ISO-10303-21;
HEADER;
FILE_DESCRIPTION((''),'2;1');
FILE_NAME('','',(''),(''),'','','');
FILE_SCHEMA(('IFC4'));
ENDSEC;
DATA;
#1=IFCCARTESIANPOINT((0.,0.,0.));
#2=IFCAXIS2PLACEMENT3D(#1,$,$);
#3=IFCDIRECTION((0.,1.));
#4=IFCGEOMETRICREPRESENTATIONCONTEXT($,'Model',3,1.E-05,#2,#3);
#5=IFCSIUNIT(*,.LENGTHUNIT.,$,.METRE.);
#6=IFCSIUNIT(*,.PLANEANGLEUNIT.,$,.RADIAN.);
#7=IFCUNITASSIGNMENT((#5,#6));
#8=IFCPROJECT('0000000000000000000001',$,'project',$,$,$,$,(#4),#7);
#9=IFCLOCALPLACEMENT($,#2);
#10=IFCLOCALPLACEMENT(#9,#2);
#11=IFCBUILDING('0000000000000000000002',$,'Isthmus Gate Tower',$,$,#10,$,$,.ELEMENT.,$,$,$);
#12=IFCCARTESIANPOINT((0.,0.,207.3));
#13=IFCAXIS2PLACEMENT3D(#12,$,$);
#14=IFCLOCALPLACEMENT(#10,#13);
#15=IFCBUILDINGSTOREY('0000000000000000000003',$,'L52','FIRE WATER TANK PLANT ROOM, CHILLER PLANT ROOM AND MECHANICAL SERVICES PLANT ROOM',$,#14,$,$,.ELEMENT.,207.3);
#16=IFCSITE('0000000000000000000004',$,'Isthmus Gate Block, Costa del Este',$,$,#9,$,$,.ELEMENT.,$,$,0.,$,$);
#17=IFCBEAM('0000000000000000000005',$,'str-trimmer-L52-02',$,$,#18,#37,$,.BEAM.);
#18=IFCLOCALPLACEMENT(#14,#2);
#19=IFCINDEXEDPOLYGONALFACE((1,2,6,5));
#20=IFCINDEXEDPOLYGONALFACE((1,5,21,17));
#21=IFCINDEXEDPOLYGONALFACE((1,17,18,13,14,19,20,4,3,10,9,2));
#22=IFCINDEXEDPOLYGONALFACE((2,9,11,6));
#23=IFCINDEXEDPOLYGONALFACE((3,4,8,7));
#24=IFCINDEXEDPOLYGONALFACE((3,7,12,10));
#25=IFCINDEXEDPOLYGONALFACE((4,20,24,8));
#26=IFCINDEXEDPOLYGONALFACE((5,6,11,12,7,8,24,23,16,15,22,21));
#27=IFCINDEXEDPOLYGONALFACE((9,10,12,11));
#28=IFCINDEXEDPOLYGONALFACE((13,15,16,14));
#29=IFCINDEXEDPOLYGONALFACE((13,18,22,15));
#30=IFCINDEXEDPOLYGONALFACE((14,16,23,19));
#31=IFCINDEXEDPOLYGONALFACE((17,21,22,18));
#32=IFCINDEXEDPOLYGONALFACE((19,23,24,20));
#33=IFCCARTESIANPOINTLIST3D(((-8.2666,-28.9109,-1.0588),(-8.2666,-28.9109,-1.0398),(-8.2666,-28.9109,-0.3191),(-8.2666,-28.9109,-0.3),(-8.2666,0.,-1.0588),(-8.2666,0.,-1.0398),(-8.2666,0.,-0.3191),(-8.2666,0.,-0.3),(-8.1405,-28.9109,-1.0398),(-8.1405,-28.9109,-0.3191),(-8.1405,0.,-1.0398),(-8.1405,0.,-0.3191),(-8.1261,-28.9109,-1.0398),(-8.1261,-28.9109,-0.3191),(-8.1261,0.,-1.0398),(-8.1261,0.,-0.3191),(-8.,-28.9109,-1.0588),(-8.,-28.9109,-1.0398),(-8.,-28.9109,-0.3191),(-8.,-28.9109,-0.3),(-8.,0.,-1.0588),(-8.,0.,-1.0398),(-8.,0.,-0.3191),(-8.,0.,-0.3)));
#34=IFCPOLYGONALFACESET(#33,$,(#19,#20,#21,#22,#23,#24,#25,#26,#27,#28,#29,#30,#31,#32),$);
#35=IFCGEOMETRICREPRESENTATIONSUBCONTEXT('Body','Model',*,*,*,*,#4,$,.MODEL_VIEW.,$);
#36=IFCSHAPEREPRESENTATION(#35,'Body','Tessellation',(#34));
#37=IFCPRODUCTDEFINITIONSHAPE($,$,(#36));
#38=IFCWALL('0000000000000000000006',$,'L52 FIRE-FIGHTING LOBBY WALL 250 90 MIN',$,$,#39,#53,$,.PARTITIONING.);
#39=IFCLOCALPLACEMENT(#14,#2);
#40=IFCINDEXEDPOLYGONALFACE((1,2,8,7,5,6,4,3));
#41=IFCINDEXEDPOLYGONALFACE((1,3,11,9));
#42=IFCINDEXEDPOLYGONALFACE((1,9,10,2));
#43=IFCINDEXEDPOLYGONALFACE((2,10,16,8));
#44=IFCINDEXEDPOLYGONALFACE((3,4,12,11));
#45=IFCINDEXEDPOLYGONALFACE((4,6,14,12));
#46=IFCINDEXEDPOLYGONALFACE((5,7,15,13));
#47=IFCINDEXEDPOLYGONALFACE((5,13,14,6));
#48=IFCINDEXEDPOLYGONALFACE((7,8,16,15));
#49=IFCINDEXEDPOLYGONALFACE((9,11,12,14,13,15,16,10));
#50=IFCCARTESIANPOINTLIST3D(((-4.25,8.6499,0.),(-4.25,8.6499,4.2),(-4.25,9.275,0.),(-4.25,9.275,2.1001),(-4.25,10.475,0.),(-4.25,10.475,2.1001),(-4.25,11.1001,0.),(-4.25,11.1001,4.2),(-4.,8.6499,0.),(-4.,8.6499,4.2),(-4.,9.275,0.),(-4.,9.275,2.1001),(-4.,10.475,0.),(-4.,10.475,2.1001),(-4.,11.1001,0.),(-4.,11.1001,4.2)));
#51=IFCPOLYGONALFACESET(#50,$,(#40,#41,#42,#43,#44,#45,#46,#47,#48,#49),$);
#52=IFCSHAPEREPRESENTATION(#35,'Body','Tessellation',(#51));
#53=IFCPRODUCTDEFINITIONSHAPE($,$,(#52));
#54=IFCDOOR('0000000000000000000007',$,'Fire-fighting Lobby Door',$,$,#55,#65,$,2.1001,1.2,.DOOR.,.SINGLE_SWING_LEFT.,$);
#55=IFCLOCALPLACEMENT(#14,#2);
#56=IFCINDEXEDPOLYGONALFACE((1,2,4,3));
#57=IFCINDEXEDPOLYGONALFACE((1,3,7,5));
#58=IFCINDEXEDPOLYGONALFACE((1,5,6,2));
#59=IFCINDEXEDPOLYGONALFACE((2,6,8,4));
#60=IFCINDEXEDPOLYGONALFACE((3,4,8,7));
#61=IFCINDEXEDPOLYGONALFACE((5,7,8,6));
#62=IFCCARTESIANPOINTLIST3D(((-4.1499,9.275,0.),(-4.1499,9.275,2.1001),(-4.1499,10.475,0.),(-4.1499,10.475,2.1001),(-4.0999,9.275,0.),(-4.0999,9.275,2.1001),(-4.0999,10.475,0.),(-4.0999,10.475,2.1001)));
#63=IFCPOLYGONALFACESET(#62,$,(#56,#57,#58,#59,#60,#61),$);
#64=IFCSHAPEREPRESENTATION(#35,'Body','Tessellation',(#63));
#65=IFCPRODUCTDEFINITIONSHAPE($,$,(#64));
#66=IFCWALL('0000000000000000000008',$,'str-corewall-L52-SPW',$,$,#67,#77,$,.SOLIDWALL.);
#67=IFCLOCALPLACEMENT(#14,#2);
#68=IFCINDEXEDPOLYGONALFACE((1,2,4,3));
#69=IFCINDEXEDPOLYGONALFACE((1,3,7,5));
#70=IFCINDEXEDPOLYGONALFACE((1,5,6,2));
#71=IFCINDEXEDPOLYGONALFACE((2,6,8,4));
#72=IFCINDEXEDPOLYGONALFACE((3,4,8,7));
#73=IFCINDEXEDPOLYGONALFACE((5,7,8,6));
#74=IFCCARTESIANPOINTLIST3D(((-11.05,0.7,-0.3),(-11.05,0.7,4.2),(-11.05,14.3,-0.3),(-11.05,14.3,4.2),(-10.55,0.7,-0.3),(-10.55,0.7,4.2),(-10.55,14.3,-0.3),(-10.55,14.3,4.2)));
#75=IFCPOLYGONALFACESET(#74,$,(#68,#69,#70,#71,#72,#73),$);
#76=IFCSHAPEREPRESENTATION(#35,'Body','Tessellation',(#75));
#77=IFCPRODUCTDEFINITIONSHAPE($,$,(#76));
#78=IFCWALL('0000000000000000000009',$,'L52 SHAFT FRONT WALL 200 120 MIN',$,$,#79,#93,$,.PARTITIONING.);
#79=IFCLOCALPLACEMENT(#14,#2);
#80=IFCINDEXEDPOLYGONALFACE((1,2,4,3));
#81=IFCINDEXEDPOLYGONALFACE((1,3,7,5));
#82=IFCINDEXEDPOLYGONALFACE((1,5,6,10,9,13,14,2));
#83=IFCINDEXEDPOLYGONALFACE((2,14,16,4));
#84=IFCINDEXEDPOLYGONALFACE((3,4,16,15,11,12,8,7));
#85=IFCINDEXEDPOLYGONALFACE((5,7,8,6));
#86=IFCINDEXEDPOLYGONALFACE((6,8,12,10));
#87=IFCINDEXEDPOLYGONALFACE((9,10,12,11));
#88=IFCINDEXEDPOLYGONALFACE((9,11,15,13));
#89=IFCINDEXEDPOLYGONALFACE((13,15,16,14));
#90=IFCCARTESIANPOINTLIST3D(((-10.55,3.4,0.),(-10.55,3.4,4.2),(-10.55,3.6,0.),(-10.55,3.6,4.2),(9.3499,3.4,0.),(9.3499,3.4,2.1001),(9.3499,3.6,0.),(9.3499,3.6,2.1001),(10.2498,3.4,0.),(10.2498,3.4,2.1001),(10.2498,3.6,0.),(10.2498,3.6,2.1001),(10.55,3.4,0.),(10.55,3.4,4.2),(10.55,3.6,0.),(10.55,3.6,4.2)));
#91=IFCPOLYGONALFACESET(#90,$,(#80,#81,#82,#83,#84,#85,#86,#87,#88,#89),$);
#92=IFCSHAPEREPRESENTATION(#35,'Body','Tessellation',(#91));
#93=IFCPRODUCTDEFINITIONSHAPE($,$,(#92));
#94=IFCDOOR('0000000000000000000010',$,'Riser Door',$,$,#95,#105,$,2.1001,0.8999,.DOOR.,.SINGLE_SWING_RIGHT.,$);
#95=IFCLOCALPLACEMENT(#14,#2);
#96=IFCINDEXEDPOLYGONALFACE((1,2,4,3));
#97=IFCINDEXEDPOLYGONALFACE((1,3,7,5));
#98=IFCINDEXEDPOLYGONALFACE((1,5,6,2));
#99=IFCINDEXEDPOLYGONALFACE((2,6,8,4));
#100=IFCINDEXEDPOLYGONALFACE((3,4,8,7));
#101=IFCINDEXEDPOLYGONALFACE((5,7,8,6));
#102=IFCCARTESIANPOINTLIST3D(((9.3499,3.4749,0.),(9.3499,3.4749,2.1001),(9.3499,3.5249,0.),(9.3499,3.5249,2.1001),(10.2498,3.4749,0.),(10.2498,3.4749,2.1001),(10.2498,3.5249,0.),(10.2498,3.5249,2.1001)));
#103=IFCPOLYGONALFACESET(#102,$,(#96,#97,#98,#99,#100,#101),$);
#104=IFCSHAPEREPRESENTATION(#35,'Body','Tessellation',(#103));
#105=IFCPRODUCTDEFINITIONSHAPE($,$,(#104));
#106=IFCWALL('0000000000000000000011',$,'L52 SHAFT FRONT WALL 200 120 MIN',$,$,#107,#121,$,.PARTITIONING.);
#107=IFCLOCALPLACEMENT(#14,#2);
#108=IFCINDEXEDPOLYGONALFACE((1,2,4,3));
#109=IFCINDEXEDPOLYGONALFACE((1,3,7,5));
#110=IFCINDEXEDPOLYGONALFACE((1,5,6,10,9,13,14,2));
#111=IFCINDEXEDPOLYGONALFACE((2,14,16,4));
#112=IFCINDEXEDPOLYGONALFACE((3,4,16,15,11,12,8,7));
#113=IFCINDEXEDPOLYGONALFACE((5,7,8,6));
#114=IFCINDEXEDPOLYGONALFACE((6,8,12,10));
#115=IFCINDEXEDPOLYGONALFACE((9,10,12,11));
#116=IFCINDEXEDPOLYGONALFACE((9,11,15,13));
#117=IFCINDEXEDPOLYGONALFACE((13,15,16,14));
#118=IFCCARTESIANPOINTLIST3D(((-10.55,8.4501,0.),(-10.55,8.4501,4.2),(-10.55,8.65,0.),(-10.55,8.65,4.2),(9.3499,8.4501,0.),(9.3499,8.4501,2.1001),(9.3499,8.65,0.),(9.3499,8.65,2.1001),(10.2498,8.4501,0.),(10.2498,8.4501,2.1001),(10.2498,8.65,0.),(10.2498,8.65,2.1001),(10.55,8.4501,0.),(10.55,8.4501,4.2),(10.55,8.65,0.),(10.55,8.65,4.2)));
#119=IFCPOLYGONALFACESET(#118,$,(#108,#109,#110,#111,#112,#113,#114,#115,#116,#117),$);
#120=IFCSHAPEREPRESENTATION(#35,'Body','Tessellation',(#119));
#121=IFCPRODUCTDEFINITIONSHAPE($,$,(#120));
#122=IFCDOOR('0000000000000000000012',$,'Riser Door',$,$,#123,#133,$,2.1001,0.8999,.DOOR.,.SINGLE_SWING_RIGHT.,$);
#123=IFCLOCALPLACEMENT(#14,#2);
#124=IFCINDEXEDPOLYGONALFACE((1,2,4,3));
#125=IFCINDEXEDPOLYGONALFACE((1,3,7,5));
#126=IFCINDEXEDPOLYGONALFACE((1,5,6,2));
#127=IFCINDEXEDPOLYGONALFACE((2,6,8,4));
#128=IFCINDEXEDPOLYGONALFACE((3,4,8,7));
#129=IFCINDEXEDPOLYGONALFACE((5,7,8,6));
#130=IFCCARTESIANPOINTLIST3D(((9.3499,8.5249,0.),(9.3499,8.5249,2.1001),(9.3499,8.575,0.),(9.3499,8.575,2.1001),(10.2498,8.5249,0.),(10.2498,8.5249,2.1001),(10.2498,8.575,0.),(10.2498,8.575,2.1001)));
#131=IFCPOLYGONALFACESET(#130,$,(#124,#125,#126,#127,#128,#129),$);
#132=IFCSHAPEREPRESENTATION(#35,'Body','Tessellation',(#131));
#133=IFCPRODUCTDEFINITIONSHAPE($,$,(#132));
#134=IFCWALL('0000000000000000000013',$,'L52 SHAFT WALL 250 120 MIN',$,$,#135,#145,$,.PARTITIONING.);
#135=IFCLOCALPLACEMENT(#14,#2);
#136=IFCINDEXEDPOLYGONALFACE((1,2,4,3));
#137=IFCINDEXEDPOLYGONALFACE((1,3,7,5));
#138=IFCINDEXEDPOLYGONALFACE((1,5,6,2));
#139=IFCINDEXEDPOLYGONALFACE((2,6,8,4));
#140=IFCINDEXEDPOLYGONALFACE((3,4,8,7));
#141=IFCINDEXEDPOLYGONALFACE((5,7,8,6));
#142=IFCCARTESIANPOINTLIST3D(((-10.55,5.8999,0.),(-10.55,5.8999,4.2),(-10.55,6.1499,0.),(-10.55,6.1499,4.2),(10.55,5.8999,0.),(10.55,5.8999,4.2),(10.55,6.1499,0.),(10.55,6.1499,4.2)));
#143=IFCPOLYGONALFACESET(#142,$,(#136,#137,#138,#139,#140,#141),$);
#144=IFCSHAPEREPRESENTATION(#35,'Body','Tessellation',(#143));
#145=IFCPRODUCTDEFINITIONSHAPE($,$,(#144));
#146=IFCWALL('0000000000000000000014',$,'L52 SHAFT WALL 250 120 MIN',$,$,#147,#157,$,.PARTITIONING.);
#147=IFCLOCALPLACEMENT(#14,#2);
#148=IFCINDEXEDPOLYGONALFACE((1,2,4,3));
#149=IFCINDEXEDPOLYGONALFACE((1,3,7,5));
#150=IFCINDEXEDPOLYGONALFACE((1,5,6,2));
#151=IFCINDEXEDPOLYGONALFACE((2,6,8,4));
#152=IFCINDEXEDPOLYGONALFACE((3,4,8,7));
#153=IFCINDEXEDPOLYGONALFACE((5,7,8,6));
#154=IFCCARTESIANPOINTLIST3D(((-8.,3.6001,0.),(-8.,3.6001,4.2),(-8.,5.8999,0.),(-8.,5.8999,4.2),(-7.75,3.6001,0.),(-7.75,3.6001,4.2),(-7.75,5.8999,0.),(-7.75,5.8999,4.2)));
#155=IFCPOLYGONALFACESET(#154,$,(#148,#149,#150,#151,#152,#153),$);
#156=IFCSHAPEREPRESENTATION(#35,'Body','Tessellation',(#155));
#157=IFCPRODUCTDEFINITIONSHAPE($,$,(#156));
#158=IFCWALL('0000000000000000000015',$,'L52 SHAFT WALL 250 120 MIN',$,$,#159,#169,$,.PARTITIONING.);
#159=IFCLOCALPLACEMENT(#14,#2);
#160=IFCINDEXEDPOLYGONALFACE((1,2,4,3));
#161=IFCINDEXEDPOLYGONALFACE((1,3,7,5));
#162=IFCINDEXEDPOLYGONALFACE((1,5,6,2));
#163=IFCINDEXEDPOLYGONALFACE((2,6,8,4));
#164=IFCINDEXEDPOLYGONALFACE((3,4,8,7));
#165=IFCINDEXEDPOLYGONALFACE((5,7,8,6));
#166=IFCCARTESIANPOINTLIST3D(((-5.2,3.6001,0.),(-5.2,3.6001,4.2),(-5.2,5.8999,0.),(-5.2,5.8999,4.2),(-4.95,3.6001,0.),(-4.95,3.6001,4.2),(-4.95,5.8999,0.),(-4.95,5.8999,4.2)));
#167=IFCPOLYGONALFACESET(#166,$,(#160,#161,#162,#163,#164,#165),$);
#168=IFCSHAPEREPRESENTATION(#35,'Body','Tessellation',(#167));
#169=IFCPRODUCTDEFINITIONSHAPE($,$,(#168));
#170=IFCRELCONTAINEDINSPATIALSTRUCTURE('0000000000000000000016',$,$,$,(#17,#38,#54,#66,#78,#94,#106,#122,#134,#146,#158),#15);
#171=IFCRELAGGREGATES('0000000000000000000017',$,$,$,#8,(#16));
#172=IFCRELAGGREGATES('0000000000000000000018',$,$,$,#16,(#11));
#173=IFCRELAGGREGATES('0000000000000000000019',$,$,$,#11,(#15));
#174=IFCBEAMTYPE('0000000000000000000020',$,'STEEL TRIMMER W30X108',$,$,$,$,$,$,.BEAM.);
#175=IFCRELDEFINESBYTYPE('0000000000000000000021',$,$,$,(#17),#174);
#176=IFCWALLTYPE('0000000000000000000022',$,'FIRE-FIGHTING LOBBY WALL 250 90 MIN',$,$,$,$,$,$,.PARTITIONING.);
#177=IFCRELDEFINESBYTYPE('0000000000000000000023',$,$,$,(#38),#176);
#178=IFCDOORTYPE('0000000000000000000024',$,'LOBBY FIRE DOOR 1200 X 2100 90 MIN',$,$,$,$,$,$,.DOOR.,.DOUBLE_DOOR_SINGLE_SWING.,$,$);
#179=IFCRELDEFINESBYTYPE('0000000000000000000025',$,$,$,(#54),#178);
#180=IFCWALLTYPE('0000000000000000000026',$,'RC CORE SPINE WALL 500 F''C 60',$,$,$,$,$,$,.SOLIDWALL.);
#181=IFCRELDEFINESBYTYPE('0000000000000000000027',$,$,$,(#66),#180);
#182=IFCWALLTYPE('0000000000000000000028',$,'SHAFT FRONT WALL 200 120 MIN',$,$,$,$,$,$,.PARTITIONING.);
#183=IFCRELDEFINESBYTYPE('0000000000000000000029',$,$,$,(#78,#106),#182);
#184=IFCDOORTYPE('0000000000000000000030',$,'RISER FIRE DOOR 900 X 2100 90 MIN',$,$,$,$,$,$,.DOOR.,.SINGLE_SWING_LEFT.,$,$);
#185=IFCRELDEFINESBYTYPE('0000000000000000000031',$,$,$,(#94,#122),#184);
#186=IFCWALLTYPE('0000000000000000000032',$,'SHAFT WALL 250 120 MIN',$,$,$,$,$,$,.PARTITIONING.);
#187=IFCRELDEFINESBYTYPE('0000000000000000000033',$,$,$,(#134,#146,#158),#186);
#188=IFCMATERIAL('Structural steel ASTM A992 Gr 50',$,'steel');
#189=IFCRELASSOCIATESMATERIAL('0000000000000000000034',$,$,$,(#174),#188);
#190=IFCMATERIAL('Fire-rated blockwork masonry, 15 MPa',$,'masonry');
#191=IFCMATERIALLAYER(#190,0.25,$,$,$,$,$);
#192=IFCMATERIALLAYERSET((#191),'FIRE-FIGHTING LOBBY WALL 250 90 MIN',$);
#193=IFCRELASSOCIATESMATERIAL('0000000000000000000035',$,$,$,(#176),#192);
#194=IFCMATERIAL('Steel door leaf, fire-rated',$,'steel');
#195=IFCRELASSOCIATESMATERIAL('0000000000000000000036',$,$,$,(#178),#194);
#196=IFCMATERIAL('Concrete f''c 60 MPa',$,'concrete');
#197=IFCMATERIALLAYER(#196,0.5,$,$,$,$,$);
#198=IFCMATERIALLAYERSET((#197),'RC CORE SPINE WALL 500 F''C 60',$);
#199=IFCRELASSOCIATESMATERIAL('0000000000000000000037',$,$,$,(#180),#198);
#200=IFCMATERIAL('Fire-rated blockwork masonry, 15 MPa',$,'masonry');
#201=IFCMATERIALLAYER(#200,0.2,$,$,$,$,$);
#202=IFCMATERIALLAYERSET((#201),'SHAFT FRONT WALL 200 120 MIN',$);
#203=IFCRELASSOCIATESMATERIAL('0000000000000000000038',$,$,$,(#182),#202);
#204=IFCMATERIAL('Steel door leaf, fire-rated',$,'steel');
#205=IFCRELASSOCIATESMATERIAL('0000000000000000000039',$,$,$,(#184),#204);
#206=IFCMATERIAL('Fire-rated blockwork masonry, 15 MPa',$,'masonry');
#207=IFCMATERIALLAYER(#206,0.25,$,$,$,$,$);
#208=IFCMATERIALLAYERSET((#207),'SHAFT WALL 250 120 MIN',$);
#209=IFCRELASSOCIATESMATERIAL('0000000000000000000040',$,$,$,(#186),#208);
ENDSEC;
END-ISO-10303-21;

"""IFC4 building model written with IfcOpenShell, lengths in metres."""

from ifc_helpers import new_model, si_unit, direction, frame, frame_2d, origin, origin_2d, place, context, subcontext, project, spatial, rectangle, i_section, extrude, material, layer, layer_set, material_profile, profile_set, type_object, element, fill, save


model = new_model("IFC4")

# Units and contexts
model_context = context("Model", 3, precision=1e-05, world=origin(), true_north=direction((0.0, 1.0)))
body_context = subcontext(model_context, "Body", "Model", "MODEL_VIEW")
ifc_project = project(units=[si_unit("LENGTHUNIT", "METRE"), si_unit("PLANEANGLEUNIT", "RADIAN")], contexts=[model_context])

# Site, building, storey
site_placement = place(None, origin())
site = spatial("IfcSite", under=ifc_project, at=site_placement, Name="Isthmus Gate Block, Costa del Este", CompositionType="ELEMENT", RefElevation=0.0)
building_placement = place(site_placement, origin())
building = spatial("IfcBuilding", under=site, at=building_placement, Name="Isthmus Gate Tower", CompositionType="ELEMENT")
storey_placement = place(building_placement, frame((0.0, 0.0, 207.3)))
storey = spatial("IfcBuildingStorey", under=building, at=storey_placement, Name="L52", Description="FIRE WATER TANK PLANT ROOM, CHILLER PLANT ROOM AND MECHANICAL SERVICES PLANT ROOM", CompositionType="ELEMENT", Elevation=207.3)

# Beam
ifc_material_1 = material(Name="Structural steel ASTM A992 Gr 50", Category="steel")
ifc_material_profile = material_profile(ifc_material_1, i_section(OverallWidth=0.2666, OverallDepth=0.7588, WebThickness=0.0144, FlangeThickness=0.019, at=origin_2d()), Name="W30X108")
ifc_profile_set = profile_set([ifc_material_profile], Name="Structural steel ASTM A992 Gr 50")
beam_type = type_object("IfcBeamType", Name="STEEL TRIMMER W30X108", PredefinedType="BEAM", material=ifc_profile_set)
beam_placement = place(storey_placement, frame((-8.1333, 0.0, -0.6794), z_axis=(0.0, -1.0, 0.0), x_axis=(1.0, 0.0, 0.0)))
element("IfcBeam", 1, at=beam_placement, inside=storey, type_object=beam_type, Name="str-trimmer-L52-02", PredefinedType="BEAM", context=body_context, shape_type="SweptSolid", body=[
    extrude(i_section(OverallWidth=0.2666, OverallDepth=0.7588, WebThickness=0.0144, FlangeThickness=0.019, at=origin_2d()), origin(), (0.0, 0.0, 1.0), 28.9109),
])

# Wall, opening, door
ifc_material_2 = material(Name="Fire-rated blockwork masonry, 15 MPa", Category="masonry")
ifc_layer_1 = layer(ifc_material_2, 0.25)
ifc_layer_set_1 = layer_set([ifc_layer_1], Name="FIRE-FIGHTING LOBBY WALL 250 90 MIN")
wall_type_1 = type_object("IfcWallType", Name="FIRE-FIGHTING LOBBY WALL 250 90 MIN", PredefinedType="PARTITIONING", material=ifc_layer_set_1)
wall_1_placement = place(storey_placement, frame((-4.125, 8.6499, 0.0), z_axis=(0.0, 0.0, 1.0), x_axis=(0.0, 1.0, 0.0)))
wall_1 = element("IfcWall", 2, at=wall_1_placement, inside=storey, type_object=wall_type_1, Name="L52 FIRE-FIGHTING LOBBY WALL 250 90 MIN", PredefinedType="PARTITIONING", context=body_context, shape_type="SweptSolid", body=[
    extrude(rectangle(XDim=2.4502, YDim=0.25, at=frame_2d((1.2251, 0.0))), origin(), (0.0, 0.0, 1.0), 4.2),
])
opening_1_placement = place(wall_1_placement, frame((0.625, 0.0, 0.0)))
opening_1 = element("IfcOpeningElement", 3, at=opening_1_placement, cuts=wall_1, PredefinedType="OPENING", context=body_context, shape_type="SweptSolid", body=[
    extrude(rectangle(XDim=1.2, YDim=2.1001, at=frame_2d((0.6001, 1.05))), frame((0.0, 0.135, 0.0), z_axis=(0.0, -1.0, 0.0), x_axis=(1.0, 0.0, 0.0)), (0.0, 0.0, 1.0), 0.27),
])
ifc_material_3 = material(Name="Steel door leaf, fire-rated", Category="steel")
door_type_1 = type_object("IfcDoorType", Name="LOBBY FIRE DOOR 1200 X 2100 90 MIN", OperationType="DOUBLE_DOOR_SINGLE_SWING", PredefinedType="DOOR", material=ifc_material_3)
door_1_placement = place(opening_1_placement, origin())
door_1 = element("IfcDoor", 4, at=door_1_placement, inside=storey, type_object=door_type_1, Name="Fire-fighting Lobby Door", OperationType="SINGLE_SWING_LEFT", OverallHeight=2.1001, OverallWidth=1.2, PredefinedType="DOOR", context=body_context, shape_type="SweptSolid", body=[
    extrude(rectangle(XDim=1.2, YDim=2.1001, at=frame_2d((0.6001, 1.05))), frame((0.0, 0.0249, 0.0), z_axis=(0.0, -1.0, 0.0), x_axis=(1.0, 0.0, 0.0)), (0.0, 0.0, 1.0), 0.05),
])
fill(opening_1, door_1)

# Wall
ifc_material_4 = material(Name="Concrete f'c 60 MPa", Category="concrete")
ifc_layer_2 = layer(ifc_material_4, 0.5)
ifc_layer_set_2 = layer_set([ifc_layer_2], Name="RC CORE SPINE WALL 500 F'C 60")
wall_type_2 = type_object("IfcWallType", Name="RC CORE SPINE WALL 500 F'C 60", PredefinedType="SOLIDWALL", material=ifc_layer_set_2)
wall_2_placement = place(storey_placement, frame((-10.8, 0.7, -0.3), z_axis=(0.0, 0.0, 1.0), x_axis=(0.0, 1.0, 0.0)))
element("IfcWall", 5, at=wall_2_placement, inside=storey, type_object=wall_type_2, Name="str-corewall-L52-SPW", PredefinedType="SOLIDWALL", context=body_context, shape_type="SweptSolid", body=[
    extrude(rectangle(XDim=13.6001, YDim=0.5, at=frame_2d((6.8, 0.0))), origin(), (0.0, 0.0, 1.0), 4.5),
])

# Walls, openings, doors
ifc_material_5 = material(Name="Fire-rated blockwork masonry, 15 MPa", Category="masonry")
ifc_layer_3 = layer(ifc_material_5, 0.2)
ifc_layer_set_3 = layer_set([ifc_layer_3], Name="SHAFT FRONT WALL 200 120 MIN")
wall_type_3 = type_object("IfcWallType", Name="SHAFT FRONT WALL 200 120 MIN", PredefinedType="PARTITIONING", material=ifc_layer_set_3)
wall_3_placement = place(storey_placement, frame((-10.55, 3.5, 0.0), z_axis=(0.0, 0.0, 1.0), x_axis=(1.0, 0.0, 0.0)))
wall_3 = element("IfcWall", 6, at=wall_3_placement, inside=storey, type_object=wall_type_3, Name="L52 SHAFT FRONT WALL 200 120 MIN", PredefinedType="PARTITIONING", context=body_context, shape_type="SweptSolid", body=[
    extrude(rectangle(XDim=21.1001, YDim=0.2, at=frame_2d((10.55, 0.0))), origin(), (0.0, 0.0, 1.0), 4.2),
])
opening_2_placement = place(wall_3_placement, frame((19.8999, 0.0, 0.0)))
opening_2 = element("IfcOpeningElement", 7, at=opening_2_placement, cuts=wall_3, PredefinedType="OPENING", context=body_context, shape_type="SweptSolid", body=[
    extrude(rectangle(XDim=0.8999, YDim=2.1001, at=frame_2d((0.45, 1.05))), frame((0.0, 0.1099, 0.0), z_axis=(0.0, -1.0, 0.0), x_axis=(1.0, 0.0, 0.0)), (0.0, 0.0, 1.0), 0.22),
])
ifc_material_6 = material(Name="Steel door leaf, fire-rated", Category="steel")
door_type_2 = type_object("IfcDoorType", Name="RISER FIRE DOOR 900 X 2100 90 MIN", OperationType="SINGLE_SWING_LEFT", PredefinedType="DOOR", material=ifc_material_6)
door_2_placement = place(opening_2_placement, origin())
door_2 = element("IfcDoor", 8, at=door_2_placement, inside=storey, type_object=door_type_2, Name="Riser Door", OperationType="SINGLE_SWING_RIGHT", OverallHeight=2.1001, OverallWidth=0.8999, PredefinedType="DOOR", context=body_context, shape_type="SweptSolid", body=[
    extrude(rectangle(XDim=0.8999, YDim=2.1001, at=frame_2d((0.45, 1.05))), frame((0.0, 0.0249, 0.0), z_axis=(0.0, -1.0, 0.0), x_axis=(1.0, 0.0, 0.0)), (0.0, 0.0, 1.0), 0.05),
])
fill(opening_2, door_2)
wall_4_placement = place(storey_placement, frame((-10.55, 8.55, 0.0), z_axis=(0.0, 0.0, 1.0), x_axis=(1.0, 0.0, 0.0)))
wall_4 = element("IfcWall", 9, at=wall_4_placement, inside=storey, type_object=wall_type_3, Name="L52 SHAFT FRONT WALL 200 120 MIN", PredefinedType="PARTITIONING", context=body_context, shape_type="SweptSolid", body=[
    extrude(rectangle(XDim=21.1001, YDim=0.2, at=frame_2d((10.55, 0.0))), origin(), (0.0, 0.0, 1.0), 4.2),
])
opening_3_placement = place(wall_4_placement, frame((19.8999, 0.0, 0.0)))
opening_3 = element("IfcOpeningElement", 10, at=opening_3_placement, cuts=wall_4, PredefinedType="OPENING", context=body_context, shape_type="SweptSolid", body=[
    extrude(rectangle(XDim=0.8999, YDim=2.1001, at=frame_2d((0.45, 1.05))), frame((0.0, 0.1099, 0.0), z_axis=(0.0, -1.0, 0.0), x_axis=(1.0, 0.0, 0.0)), (0.0, 0.0, 1.0), 0.22),
])
door_3_placement = place(opening_3_placement, origin())
door_3 = element("IfcDoor", 11, at=door_3_placement, inside=storey, type_object=door_type_2, Name="Riser Door", OperationType="SINGLE_SWING_RIGHT", OverallHeight=2.1001, OverallWidth=0.8999, PredefinedType="DOOR", context=body_context, shape_type="SweptSolid", body=[
    extrude(rectangle(XDim=0.8999, YDim=2.1001, at=frame_2d((0.45, 1.05))), frame((0.0, 0.0249, 0.0), z_axis=(0.0, -1.0, 0.0), x_axis=(1.0, 0.0, 0.0)), (0.0, 0.0, 1.0), 0.05),
])
fill(opening_3, door_3)

# Walls
ifc_material_7 = material(Name="Fire-rated blockwork masonry, 15 MPa", Category="masonry")
ifc_layer_4 = layer(ifc_material_7, 0.25)
ifc_layer_set_4 = layer_set([ifc_layer_4], Name="SHAFT WALL 250 120 MIN")
wall_type_4 = type_object("IfcWallType", Name="SHAFT WALL 250 120 MIN", PredefinedType="PARTITIONING", material=ifc_layer_set_4)
wall_5_placement = place(storey_placement, frame((-10.55, 6.0249, 0.0), z_axis=(0.0, 0.0, 1.0), x_axis=(1.0, 0.0, 0.0)))
element("IfcWall", 12, at=wall_5_placement, inside=storey, type_object=wall_type_4, Name="L52 SHAFT WALL 250 120 MIN", PredefinedType="PARTITIONING", context=body_context, shape_type="SweptSolid", body=[
    extrude(rectangle(XDim=21.1001, YDim=0.25, at=frame_2d((10.55, 0.0))), origin(), (0.0, 0.0, 1.0), 4.2),
])
for number, where, z_axis, x_axis, name in (
    (13, (-7.875, 3.6001, 0.0), (0.0, 0.0, 1.0), (0.0, 1.0, 0.0), "L52 SHAFT WALL 250 120 MIN"),
    (14, (-5.075, 3.6001, 0.0), (0.0, 0.0, 1.0), (0.0, 1.0, 0.0), "L52 SHAFT WALL 250 120 MIN"),
):
    element("IfcWall", number, at=place(storey_placement, frame(where, z_axis=z_axis, x_axis=x_axis)), inside=storey, type_object=wall_type_4, Name=name, PredefinedType="PARTITIONING", context=body_context, shape_type="SweptSolid", body=[
        extrude(rectangle(XDim=2.2998, YDim=0.25, at=frame_2d((1.1499, 0.0))), origin(), (0.0, 0.0, 1.0), 4.2),
    ])

save(model, "model.ifc")
